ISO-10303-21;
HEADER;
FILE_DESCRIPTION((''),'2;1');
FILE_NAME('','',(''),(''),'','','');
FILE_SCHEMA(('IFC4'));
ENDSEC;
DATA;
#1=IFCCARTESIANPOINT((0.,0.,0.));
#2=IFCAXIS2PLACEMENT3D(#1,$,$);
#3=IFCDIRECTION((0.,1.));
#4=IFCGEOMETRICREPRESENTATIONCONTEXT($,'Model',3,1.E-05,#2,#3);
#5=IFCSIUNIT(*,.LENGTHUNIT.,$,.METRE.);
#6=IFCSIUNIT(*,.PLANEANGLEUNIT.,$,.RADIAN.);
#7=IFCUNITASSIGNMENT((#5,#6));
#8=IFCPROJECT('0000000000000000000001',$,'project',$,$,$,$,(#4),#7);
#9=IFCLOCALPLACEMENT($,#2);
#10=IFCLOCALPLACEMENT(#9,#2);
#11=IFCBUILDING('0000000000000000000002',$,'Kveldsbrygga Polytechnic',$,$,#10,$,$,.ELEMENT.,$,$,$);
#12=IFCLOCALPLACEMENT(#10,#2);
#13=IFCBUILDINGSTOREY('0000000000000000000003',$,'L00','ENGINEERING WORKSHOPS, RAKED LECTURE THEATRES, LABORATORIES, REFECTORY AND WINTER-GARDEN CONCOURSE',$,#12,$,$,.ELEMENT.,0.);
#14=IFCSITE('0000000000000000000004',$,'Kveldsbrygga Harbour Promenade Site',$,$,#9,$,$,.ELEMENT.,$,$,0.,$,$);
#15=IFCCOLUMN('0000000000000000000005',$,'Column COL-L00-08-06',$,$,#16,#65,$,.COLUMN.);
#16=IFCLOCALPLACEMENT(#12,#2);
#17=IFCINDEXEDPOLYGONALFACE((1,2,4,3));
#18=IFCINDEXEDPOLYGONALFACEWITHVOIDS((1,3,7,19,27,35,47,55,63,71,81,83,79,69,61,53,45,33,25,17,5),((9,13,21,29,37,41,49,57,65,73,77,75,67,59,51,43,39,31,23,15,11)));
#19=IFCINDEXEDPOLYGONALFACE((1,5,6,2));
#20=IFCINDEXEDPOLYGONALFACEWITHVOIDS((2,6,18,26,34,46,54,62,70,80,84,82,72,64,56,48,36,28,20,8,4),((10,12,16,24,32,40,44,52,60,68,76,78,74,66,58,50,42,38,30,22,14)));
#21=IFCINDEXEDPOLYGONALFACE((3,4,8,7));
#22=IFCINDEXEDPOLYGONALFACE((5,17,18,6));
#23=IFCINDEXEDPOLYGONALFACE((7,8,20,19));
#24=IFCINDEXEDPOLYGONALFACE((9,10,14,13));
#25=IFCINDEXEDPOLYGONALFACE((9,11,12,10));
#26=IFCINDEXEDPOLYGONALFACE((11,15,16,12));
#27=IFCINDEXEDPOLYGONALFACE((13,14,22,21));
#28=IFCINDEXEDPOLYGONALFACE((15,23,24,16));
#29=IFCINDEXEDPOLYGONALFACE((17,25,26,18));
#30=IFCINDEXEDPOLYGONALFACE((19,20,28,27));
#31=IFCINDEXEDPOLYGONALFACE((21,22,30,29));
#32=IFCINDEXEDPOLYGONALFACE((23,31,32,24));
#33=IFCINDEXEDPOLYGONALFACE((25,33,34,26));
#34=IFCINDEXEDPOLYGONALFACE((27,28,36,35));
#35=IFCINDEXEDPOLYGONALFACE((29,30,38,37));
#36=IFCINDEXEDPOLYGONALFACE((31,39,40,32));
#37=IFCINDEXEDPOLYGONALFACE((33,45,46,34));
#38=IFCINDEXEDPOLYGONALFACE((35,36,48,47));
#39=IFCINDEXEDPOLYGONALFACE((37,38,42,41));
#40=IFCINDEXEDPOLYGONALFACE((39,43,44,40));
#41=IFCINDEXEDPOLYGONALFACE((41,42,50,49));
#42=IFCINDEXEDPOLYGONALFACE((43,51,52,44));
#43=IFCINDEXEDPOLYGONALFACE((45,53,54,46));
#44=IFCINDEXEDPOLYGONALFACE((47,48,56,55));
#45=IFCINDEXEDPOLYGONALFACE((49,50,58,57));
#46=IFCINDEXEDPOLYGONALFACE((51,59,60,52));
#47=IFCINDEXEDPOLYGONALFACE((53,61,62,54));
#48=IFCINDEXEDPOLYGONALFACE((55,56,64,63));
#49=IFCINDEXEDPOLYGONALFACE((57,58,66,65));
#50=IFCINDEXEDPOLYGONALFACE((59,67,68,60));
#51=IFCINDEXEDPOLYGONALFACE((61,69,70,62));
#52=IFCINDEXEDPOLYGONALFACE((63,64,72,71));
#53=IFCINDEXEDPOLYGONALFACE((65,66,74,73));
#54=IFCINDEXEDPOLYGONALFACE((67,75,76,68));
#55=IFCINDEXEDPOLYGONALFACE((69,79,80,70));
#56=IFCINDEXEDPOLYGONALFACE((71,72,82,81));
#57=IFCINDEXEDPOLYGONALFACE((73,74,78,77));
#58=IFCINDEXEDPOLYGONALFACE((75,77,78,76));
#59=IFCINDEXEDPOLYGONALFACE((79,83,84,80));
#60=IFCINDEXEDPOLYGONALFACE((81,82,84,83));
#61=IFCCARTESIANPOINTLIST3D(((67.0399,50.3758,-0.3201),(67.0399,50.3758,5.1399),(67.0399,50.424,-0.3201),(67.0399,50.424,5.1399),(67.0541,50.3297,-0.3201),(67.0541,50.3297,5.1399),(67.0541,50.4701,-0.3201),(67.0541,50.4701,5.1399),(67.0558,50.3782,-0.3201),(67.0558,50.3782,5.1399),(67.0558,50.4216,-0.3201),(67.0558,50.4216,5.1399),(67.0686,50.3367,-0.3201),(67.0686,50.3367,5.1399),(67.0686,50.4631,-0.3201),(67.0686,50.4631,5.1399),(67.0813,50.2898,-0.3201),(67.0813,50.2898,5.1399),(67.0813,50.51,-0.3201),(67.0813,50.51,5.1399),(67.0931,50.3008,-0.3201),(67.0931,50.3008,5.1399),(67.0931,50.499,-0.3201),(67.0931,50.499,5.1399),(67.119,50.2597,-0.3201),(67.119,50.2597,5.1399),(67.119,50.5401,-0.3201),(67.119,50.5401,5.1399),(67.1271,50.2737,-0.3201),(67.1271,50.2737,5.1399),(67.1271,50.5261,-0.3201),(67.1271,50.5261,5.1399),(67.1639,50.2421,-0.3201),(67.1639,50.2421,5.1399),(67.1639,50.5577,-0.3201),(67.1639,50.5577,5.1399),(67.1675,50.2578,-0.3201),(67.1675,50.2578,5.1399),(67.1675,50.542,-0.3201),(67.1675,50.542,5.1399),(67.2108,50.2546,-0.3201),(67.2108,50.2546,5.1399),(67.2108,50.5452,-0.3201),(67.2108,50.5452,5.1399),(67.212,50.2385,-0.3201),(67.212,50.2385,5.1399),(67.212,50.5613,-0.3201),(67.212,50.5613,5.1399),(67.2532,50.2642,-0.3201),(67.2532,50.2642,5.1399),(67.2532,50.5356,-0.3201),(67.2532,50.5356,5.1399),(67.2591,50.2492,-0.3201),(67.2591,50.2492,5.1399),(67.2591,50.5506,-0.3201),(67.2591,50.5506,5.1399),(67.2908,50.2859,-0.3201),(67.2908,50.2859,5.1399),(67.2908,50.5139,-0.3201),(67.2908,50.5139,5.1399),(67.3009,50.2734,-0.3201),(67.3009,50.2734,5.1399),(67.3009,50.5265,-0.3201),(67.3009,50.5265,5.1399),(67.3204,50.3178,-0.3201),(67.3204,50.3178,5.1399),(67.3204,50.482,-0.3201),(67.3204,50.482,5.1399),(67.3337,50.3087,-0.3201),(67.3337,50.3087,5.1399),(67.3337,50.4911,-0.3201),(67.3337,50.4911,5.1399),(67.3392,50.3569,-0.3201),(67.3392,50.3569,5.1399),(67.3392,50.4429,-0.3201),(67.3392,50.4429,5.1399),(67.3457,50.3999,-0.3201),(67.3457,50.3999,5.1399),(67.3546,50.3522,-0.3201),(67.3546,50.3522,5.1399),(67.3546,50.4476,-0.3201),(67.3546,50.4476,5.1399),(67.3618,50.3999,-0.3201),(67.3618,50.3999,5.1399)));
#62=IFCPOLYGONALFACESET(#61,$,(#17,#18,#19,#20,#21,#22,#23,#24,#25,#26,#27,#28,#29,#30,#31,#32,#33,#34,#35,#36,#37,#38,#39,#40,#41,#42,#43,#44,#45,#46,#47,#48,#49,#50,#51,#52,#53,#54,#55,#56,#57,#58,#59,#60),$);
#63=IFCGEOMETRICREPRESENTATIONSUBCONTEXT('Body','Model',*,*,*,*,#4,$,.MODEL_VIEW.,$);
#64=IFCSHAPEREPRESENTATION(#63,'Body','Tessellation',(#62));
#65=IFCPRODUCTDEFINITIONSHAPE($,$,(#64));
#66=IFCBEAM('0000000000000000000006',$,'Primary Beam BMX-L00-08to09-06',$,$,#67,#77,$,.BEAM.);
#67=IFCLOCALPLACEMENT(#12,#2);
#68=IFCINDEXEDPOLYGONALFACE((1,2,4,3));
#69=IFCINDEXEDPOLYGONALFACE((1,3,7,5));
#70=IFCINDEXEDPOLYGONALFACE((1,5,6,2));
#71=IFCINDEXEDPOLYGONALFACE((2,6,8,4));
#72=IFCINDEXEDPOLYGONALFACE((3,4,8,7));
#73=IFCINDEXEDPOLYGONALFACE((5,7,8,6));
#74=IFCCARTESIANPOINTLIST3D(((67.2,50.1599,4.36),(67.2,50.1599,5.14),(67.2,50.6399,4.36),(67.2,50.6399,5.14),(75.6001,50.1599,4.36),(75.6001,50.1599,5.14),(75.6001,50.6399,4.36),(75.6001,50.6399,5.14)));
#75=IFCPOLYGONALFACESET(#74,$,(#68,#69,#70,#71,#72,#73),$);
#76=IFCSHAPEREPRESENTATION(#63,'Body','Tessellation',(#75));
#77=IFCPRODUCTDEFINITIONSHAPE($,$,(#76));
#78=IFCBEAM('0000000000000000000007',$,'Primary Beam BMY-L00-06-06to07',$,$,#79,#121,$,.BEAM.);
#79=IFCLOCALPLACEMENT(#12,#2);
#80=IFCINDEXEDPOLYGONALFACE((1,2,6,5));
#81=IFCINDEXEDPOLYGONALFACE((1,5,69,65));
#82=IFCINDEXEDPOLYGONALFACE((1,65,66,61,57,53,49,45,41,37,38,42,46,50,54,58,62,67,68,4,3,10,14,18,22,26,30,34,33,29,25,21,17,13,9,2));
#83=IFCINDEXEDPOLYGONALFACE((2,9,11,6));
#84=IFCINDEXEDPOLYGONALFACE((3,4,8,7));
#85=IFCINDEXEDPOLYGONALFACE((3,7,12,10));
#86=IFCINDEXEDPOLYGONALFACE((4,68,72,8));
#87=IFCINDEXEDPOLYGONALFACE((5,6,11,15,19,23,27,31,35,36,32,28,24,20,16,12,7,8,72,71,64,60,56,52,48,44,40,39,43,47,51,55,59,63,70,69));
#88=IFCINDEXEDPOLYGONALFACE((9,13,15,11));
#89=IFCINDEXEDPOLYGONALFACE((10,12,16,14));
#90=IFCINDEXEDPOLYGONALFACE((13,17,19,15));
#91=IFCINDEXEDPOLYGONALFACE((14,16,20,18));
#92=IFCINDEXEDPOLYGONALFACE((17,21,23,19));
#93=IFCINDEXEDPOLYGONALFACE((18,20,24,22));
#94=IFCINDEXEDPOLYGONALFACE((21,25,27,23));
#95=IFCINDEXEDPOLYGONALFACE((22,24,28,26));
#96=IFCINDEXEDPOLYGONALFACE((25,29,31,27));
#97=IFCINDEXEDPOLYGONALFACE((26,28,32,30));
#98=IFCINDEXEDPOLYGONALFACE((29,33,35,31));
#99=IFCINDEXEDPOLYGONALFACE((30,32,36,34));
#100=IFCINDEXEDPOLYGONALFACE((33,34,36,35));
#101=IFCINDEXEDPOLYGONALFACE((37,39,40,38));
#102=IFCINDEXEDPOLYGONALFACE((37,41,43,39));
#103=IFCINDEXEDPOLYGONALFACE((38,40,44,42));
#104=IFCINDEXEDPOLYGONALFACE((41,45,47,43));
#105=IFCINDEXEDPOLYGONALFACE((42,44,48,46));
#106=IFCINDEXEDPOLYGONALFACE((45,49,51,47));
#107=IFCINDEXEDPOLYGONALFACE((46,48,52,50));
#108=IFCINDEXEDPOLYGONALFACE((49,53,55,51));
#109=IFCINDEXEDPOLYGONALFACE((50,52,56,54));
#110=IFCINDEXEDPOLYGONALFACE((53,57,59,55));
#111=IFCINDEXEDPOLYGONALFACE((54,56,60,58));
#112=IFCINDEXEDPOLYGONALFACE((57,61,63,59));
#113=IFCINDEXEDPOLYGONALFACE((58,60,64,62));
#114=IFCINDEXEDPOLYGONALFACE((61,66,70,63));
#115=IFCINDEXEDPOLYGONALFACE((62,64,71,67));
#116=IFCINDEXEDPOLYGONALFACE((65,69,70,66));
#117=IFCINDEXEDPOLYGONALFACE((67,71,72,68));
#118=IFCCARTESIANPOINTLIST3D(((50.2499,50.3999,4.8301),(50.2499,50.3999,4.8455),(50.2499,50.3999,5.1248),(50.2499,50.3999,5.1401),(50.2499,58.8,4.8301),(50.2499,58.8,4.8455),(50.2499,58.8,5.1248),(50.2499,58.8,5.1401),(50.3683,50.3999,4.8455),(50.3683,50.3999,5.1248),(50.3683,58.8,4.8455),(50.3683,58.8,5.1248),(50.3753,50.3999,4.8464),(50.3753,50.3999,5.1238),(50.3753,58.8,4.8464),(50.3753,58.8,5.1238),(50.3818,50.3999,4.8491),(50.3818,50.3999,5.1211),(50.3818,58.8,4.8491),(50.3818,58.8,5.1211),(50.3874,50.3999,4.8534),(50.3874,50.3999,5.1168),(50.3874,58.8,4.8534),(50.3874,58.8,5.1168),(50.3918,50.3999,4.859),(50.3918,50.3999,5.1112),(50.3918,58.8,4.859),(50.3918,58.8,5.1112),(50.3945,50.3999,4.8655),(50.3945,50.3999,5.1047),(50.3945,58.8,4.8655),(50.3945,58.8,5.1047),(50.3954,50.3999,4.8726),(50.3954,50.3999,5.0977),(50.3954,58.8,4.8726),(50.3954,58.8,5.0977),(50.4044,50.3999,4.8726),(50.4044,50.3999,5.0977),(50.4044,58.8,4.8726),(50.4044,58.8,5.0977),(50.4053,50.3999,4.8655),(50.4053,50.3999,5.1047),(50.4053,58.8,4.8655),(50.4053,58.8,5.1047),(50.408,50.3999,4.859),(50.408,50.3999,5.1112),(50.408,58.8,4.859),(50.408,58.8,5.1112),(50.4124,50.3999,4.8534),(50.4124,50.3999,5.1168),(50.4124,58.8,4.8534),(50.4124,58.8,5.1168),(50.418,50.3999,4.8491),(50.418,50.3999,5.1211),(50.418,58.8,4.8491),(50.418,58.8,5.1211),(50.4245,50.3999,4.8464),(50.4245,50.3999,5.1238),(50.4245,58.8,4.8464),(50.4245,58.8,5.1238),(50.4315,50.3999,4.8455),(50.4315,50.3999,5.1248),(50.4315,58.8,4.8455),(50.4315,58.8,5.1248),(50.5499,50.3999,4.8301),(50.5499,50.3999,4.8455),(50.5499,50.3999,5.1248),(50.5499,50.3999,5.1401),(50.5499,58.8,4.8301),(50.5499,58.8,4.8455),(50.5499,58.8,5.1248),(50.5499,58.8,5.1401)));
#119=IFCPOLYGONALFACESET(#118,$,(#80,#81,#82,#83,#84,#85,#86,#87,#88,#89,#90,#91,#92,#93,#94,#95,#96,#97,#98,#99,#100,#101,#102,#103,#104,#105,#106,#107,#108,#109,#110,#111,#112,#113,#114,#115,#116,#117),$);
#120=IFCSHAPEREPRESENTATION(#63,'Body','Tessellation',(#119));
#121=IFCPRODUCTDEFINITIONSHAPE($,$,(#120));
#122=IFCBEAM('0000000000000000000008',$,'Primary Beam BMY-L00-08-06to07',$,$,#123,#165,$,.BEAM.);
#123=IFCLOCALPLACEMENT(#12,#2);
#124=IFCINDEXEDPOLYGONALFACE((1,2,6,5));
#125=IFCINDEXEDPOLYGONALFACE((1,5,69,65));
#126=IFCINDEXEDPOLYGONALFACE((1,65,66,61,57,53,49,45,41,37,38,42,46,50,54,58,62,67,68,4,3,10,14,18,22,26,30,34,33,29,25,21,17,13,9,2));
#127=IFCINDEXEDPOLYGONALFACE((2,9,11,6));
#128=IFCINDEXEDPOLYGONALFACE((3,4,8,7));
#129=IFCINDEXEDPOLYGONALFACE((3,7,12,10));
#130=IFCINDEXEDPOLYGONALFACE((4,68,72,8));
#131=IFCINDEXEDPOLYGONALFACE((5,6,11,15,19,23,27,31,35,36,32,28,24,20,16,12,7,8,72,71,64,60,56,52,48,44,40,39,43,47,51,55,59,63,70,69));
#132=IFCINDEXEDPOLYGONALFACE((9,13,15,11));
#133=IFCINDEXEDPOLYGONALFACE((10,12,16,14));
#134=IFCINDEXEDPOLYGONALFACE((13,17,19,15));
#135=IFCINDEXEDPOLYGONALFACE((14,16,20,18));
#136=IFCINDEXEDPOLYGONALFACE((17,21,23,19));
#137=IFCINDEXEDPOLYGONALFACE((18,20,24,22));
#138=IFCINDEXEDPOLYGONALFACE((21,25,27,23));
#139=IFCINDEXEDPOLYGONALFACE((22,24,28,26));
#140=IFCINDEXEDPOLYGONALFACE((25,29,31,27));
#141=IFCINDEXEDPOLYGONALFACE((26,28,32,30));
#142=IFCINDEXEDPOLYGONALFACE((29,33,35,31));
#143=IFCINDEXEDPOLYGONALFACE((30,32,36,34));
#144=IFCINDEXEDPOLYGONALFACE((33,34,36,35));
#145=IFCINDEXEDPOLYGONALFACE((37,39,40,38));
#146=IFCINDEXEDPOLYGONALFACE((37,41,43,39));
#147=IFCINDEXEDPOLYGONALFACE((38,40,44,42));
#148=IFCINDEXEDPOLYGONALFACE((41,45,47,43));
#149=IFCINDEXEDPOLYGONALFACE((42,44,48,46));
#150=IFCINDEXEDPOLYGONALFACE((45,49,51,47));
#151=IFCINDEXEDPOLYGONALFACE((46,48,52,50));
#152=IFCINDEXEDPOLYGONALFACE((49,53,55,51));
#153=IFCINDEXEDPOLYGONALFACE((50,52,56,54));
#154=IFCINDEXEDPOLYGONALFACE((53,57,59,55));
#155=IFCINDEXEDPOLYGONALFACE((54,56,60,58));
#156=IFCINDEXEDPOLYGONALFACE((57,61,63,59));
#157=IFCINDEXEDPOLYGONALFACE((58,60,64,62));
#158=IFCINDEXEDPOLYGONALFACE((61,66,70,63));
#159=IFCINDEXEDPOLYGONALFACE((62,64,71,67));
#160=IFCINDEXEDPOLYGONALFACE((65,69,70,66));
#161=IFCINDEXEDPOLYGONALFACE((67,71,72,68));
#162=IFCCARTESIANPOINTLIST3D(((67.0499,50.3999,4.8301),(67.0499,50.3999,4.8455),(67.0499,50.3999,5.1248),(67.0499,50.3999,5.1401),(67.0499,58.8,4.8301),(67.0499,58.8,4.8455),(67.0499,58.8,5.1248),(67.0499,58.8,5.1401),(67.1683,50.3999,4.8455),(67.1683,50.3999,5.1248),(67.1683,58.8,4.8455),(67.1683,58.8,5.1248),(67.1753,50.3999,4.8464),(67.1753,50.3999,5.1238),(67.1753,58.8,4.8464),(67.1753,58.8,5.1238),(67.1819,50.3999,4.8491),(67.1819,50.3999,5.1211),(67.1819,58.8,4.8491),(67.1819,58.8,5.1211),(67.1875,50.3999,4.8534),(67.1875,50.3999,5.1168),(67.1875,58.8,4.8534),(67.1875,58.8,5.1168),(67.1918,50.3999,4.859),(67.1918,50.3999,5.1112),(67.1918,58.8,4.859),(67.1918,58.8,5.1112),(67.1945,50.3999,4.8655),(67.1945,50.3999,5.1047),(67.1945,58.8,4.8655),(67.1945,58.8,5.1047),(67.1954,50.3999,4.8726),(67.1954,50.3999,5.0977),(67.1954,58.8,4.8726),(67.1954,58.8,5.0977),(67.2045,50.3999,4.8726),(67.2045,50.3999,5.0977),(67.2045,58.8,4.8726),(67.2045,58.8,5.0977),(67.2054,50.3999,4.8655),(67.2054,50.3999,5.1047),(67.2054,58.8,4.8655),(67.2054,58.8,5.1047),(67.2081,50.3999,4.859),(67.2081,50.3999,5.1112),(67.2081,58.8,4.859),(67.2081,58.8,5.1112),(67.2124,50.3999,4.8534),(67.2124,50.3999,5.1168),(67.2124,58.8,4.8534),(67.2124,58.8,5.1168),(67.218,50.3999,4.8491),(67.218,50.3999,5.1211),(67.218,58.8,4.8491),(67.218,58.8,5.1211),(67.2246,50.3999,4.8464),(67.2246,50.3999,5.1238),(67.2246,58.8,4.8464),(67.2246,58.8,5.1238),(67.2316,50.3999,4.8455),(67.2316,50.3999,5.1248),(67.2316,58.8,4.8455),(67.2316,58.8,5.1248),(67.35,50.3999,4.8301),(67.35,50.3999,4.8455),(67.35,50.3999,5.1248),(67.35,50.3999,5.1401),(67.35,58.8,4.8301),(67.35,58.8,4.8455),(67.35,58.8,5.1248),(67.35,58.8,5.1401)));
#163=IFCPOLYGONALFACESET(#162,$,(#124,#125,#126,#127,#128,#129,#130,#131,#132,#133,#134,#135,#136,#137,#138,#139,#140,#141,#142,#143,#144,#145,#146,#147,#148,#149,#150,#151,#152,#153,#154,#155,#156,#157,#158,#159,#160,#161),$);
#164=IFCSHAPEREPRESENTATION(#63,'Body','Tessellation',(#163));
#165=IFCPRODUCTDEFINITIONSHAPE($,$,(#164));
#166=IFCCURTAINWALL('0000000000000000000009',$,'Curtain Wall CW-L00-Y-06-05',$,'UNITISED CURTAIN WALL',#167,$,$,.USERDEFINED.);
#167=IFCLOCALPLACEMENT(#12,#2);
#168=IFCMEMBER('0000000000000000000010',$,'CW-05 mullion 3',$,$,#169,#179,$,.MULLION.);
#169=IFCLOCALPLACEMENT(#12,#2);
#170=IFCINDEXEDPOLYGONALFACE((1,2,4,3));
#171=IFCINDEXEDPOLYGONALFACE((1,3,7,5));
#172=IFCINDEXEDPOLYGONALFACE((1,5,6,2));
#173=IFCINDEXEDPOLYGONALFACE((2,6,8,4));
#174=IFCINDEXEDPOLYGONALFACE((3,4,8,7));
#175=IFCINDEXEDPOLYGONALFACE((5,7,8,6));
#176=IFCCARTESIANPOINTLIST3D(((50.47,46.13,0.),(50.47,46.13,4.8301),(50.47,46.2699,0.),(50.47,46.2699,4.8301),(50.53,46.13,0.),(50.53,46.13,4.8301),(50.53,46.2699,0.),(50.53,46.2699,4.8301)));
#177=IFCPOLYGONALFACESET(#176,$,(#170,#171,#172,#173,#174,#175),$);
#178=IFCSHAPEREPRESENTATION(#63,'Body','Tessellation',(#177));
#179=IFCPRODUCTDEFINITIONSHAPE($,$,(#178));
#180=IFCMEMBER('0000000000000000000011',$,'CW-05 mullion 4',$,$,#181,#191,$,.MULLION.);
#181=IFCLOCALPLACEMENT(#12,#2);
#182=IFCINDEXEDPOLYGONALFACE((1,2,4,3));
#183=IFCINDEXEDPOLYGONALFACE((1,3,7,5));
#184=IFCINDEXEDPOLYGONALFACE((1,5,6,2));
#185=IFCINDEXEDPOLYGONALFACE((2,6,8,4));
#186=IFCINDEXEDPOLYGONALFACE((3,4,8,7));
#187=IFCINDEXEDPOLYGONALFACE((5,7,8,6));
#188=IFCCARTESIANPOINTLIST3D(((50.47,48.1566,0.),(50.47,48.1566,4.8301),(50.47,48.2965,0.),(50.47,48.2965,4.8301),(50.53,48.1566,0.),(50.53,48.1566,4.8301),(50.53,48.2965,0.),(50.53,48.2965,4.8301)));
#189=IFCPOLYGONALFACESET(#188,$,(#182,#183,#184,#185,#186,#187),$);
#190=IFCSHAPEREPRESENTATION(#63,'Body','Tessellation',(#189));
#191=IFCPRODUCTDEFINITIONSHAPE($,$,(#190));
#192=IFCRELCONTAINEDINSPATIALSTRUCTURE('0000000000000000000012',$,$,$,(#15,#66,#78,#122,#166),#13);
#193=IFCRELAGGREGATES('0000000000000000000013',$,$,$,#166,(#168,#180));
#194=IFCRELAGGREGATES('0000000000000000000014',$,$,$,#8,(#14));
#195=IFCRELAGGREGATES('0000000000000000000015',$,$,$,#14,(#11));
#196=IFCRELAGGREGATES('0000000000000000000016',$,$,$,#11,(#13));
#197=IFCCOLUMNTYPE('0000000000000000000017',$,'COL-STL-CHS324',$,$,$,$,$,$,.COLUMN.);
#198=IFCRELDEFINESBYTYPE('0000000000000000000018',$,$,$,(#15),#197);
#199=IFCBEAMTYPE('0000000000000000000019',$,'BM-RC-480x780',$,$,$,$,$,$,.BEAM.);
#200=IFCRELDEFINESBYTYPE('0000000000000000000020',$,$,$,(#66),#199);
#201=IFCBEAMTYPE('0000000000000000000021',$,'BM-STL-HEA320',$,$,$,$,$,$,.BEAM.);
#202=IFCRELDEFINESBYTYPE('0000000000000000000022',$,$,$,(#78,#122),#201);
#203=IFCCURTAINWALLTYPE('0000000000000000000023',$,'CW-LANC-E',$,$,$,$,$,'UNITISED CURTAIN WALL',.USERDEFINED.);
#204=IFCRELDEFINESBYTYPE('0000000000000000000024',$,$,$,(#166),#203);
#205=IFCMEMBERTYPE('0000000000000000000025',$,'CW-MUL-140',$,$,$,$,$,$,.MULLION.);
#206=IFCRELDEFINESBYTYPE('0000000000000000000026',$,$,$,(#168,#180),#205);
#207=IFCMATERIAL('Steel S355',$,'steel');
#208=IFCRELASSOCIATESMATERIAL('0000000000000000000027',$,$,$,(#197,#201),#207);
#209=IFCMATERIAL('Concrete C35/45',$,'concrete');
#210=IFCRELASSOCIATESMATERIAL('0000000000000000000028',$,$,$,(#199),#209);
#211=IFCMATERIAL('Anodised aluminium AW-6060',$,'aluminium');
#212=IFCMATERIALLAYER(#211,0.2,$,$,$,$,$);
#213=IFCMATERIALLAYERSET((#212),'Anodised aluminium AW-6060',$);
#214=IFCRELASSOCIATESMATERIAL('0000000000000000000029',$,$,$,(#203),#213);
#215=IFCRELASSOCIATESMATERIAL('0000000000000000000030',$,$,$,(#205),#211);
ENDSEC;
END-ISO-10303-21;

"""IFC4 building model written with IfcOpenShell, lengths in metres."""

from ifc_helpers import new_model, si_unit, direction, frame, origin, origin_2d, place, context, subcontext, project, spatial, rectangle, hollow_circle, i_section, extrude, material, layer, layer_set, material_profile, profile_set, type_object, element, aggregate, save


model = new_model("IFC4")

# Units and contexts
model_context = context("Model", 3, precision=1e-05, world=origin(), true_north=direction((0.0, 1.0)))
body_context = subcontext(model_context, "Body", "Model", "MODEL_VIEW")
ifc_project = project(units=[si_unit("LENGTHUNIT", "METRE"), si_unit("PLANEANGLEUNIT", "RADIAN")], contexts=[model_context])

# Site, building, storey
site_placement = place(None, origin())
site = spatial("IfcSite", under=ifc_project, at=site_placement, Name="Kveldsbrygga Harbour Promenade Site", CompositionType="ELEMENT", RefElevation=0.0)
building_placement = place(site_placement, origin())
building = spatial("IfcBuilding", under=site, at=building_placement, Name="Kveldsbrygga Polytechnic", CompositionType="ELEMENT")
storey_placement = place(building_placement, origin())
storey = spatial("IfcBuildingStorey", under=building, at=storey_placement, Name="L00", Description="ENGINEERING WORKSHOPS, RAKED LECTURE THEATRES, LABORATORIES, REFECTORY AND WINTER-GARDEN CONCOURSE", CompositionType="ELEMENT", Elevation=0.0)

# Column
ifc_material_1 = material(Name="Steel S355", Category="steel")
ifc_material_profile_1 = material_profile(ifc_material_1, hollow_circle(Radius=0.1619, WallThickness=0.0161, at=origin_2d()), Name="CHS 323.9x16.0")
ifc_profile_set_1 = profile_set([ifc_material_profile_1], Name="Steel S355")
column_type = type_object("IfcColumnType", Name="COL-STL-CHS324", PredefinedType="COLUMN", material=ifc_profile_set_1)
for number, where, z_axis, x_axis, name in (
    (1, (67.2, 50.3999, -0.3201), (0.0, 0.0, 1.0), (1.0, 0.0, 0.0), "Column COL-L00-08-06"),
):
    element("IfcColumn", number, at=place(storey_placement, frame(where, z_axis=z_axis, x_axis=x_axis)), inside=storey, type_object=column_type, Name=name, PredefinedType="COLUMN", context=body_context, shape_type="SweptSolid", body=[
        extrude(hollow_circle(Radius=0.1619, WallThickness=0.0161, at=origin_2d()), origin(), (0.0, 0.0, 1.0), 5.46),
    ])

# Beams
ifc_material_2 = material(Name="Concrete C35/45", Category="concrete")
ifc_material_profile_2 = material_profile(ifc_material_2, rectangle(XDim=0.48, YDim=0.78, at=origin_2d()), Name="RC 480x780")
ifc_profile_set_2 = profile_set([ifc_material_profile_2], Name="Concrete C35/45")
beam_type_1 = type_object("IfcBeamType", Name="BM-RC-480x780", PredefinedType="BEAM", material=ifc_profile_set_2)
beam_1_placement = place(storey_placement, frame((67.2, 50.3999, 4.75), z_axis=(1.0, 0.0, 0.0), x_axis=(0.0, 1.0, 0.0)))
element("IfcBeam", 2, at=beam_1_placement, inside=storey, type_object=beam_type_1, Name="Primary Beam BMX-L00-08to09-06", PredefinedType="BEAM", context=body_context, shape_type="SweptSolid", body=[
    extrude(rectangle(XDim=0.48, YDim=0.78, at=origin_2d()), origin(), (0.0, 0.0, 1.0), 8.4001),
])
ifc_material_profile_3 = material_profile(ifc_material_1, i_section(OverallWidth=0.3, OverallDepth=0.3101, WebThickness=0.009, FlangeThickness=0.0154, FilletRadius=0.0271, at=origin_2d()), Name="HEA 320")
ifc_profile_set_3 = profile_set([ifc_material_profile_3], Name="Steel S355")
beam_type_2 = type_object("IfcBeamType", Name="BM-STL-HEA320", PredefinedType="BEAM", material=ifc_profile_set_3)
for number, where, z_axis, x_axis, name in (
    (3, (50.3999, 50.3999, 4.9851), (0.0, 1.0, 0.0), (-1.0, 0.0, 0.0), "Primary Beam BMY-L00-06-06to07"),
    (4, (67.2, 50.3999, 4.9851), (0.0, 1.0, 0.0), (-1.0, 0.0, 0.0), "Primary Beam BMY-L00-08-06to07"),
):
    element("IfcBeam", number, at=place(storey_placement, frame(where, z_axis=z_axis, x_axis=x_axis)), inside=storey, type_object=beam_type_2, Name=name, PredefinedType="BEAM", context=body_context, shape_type="SweptSolid", body=[
        extrude(i_section(OverallWidth=0.3, OverallDepth=0.3101, WebThickness=0.009, FlangeThickness=0.0154, FilletRadius=0.0271, at=origin_2d()), origin(), (0.0, 0.0, 1.0), 8.4001),
    ])

# Curtain wall, members
ifc_material_3 = material(Name="Anodised aluminium AW-6060", Category="aluminium")
ifc_layer_1 = layer(ifc_material_3, 0.2)
ifc_layer_set_1 = layer_set([ifc_layer_1], Name="Anodised aluminium AW-6060")
curtain_wall_type = type_object("IfcCurtainWallType", Name="CW-LANC-E", ElementType="UNITISED CURTAIN WALL", PredefinedType="USERDEFINED", material=ifc_layer_set_1)
curtain_wall_placement = place(storey_placement, origin())
curtain_wall = element("IfcCurtainWall", 5, at=curtain_wall_placement, inside=storey, type_object=curtain_wall_type, Name="Curtain Wall CW-L00-Y-06-05", ObjectType="UNITISED CURTAIN WALL", PredefinedType="USERDEFINED")
ifc_material_profile_4 = material_profile(ifc_material_3, rectangle(XDim=0.0601, YDim=0.1399, at=origin_2d()), Name="ALU 60x140")
ifc_profile_set_4 = profile_set([ifc_material_profile_4], Name="Anodised aluminium AW-6060")
member_type_1 = type_object("IfcMemberType", Name="CW-MUL-140", PredefinedType="MULLION", material=ifc_profile_set_4)
member_1_placement = place(storey_placement, frame((50.5, 46.2, 0.0), z_axis=(0.0, 0.0, 1.0), x_axis=(-1.0, 0.0, 0.0)))
member_1 = element("IfcMember", 6, at=member_1_placement, type_object=member_type_1, Name="CW-05 mullion 3", PredefinedType="MULLION", context=body_context, shape_type="SweptSolid", body=[
    extrude(rectangle(XDim=0.0601, YDim=0.1399, at=origin_2d()), origin(), (0.0, 0.0, 1.0), 4.8301),
])
member_2_placement = place(storey_placement, frame((50.5, 48.2266, 0.0), z_axis=(0.0, 0.0, 1.0), x_axis=(-1.0, 0.0, 0.0)))
member_2 = element("IfcMember", 7, at=member_2_placement, type_object=member_type_1, Name="CW-05 mullion 4", PredefinedType="MULLION", context=body_context, shape_type="SweptSolid", body=[
    extrude(rectangle(XDim=0.0601, YDim=0.1399, at=origin_2d()), origin(), (0.0, 0.0, 1.0), 4.8301),
])

aggregate(curtain_wall, [member_1, member_2])

save(model, "model.ifc")
